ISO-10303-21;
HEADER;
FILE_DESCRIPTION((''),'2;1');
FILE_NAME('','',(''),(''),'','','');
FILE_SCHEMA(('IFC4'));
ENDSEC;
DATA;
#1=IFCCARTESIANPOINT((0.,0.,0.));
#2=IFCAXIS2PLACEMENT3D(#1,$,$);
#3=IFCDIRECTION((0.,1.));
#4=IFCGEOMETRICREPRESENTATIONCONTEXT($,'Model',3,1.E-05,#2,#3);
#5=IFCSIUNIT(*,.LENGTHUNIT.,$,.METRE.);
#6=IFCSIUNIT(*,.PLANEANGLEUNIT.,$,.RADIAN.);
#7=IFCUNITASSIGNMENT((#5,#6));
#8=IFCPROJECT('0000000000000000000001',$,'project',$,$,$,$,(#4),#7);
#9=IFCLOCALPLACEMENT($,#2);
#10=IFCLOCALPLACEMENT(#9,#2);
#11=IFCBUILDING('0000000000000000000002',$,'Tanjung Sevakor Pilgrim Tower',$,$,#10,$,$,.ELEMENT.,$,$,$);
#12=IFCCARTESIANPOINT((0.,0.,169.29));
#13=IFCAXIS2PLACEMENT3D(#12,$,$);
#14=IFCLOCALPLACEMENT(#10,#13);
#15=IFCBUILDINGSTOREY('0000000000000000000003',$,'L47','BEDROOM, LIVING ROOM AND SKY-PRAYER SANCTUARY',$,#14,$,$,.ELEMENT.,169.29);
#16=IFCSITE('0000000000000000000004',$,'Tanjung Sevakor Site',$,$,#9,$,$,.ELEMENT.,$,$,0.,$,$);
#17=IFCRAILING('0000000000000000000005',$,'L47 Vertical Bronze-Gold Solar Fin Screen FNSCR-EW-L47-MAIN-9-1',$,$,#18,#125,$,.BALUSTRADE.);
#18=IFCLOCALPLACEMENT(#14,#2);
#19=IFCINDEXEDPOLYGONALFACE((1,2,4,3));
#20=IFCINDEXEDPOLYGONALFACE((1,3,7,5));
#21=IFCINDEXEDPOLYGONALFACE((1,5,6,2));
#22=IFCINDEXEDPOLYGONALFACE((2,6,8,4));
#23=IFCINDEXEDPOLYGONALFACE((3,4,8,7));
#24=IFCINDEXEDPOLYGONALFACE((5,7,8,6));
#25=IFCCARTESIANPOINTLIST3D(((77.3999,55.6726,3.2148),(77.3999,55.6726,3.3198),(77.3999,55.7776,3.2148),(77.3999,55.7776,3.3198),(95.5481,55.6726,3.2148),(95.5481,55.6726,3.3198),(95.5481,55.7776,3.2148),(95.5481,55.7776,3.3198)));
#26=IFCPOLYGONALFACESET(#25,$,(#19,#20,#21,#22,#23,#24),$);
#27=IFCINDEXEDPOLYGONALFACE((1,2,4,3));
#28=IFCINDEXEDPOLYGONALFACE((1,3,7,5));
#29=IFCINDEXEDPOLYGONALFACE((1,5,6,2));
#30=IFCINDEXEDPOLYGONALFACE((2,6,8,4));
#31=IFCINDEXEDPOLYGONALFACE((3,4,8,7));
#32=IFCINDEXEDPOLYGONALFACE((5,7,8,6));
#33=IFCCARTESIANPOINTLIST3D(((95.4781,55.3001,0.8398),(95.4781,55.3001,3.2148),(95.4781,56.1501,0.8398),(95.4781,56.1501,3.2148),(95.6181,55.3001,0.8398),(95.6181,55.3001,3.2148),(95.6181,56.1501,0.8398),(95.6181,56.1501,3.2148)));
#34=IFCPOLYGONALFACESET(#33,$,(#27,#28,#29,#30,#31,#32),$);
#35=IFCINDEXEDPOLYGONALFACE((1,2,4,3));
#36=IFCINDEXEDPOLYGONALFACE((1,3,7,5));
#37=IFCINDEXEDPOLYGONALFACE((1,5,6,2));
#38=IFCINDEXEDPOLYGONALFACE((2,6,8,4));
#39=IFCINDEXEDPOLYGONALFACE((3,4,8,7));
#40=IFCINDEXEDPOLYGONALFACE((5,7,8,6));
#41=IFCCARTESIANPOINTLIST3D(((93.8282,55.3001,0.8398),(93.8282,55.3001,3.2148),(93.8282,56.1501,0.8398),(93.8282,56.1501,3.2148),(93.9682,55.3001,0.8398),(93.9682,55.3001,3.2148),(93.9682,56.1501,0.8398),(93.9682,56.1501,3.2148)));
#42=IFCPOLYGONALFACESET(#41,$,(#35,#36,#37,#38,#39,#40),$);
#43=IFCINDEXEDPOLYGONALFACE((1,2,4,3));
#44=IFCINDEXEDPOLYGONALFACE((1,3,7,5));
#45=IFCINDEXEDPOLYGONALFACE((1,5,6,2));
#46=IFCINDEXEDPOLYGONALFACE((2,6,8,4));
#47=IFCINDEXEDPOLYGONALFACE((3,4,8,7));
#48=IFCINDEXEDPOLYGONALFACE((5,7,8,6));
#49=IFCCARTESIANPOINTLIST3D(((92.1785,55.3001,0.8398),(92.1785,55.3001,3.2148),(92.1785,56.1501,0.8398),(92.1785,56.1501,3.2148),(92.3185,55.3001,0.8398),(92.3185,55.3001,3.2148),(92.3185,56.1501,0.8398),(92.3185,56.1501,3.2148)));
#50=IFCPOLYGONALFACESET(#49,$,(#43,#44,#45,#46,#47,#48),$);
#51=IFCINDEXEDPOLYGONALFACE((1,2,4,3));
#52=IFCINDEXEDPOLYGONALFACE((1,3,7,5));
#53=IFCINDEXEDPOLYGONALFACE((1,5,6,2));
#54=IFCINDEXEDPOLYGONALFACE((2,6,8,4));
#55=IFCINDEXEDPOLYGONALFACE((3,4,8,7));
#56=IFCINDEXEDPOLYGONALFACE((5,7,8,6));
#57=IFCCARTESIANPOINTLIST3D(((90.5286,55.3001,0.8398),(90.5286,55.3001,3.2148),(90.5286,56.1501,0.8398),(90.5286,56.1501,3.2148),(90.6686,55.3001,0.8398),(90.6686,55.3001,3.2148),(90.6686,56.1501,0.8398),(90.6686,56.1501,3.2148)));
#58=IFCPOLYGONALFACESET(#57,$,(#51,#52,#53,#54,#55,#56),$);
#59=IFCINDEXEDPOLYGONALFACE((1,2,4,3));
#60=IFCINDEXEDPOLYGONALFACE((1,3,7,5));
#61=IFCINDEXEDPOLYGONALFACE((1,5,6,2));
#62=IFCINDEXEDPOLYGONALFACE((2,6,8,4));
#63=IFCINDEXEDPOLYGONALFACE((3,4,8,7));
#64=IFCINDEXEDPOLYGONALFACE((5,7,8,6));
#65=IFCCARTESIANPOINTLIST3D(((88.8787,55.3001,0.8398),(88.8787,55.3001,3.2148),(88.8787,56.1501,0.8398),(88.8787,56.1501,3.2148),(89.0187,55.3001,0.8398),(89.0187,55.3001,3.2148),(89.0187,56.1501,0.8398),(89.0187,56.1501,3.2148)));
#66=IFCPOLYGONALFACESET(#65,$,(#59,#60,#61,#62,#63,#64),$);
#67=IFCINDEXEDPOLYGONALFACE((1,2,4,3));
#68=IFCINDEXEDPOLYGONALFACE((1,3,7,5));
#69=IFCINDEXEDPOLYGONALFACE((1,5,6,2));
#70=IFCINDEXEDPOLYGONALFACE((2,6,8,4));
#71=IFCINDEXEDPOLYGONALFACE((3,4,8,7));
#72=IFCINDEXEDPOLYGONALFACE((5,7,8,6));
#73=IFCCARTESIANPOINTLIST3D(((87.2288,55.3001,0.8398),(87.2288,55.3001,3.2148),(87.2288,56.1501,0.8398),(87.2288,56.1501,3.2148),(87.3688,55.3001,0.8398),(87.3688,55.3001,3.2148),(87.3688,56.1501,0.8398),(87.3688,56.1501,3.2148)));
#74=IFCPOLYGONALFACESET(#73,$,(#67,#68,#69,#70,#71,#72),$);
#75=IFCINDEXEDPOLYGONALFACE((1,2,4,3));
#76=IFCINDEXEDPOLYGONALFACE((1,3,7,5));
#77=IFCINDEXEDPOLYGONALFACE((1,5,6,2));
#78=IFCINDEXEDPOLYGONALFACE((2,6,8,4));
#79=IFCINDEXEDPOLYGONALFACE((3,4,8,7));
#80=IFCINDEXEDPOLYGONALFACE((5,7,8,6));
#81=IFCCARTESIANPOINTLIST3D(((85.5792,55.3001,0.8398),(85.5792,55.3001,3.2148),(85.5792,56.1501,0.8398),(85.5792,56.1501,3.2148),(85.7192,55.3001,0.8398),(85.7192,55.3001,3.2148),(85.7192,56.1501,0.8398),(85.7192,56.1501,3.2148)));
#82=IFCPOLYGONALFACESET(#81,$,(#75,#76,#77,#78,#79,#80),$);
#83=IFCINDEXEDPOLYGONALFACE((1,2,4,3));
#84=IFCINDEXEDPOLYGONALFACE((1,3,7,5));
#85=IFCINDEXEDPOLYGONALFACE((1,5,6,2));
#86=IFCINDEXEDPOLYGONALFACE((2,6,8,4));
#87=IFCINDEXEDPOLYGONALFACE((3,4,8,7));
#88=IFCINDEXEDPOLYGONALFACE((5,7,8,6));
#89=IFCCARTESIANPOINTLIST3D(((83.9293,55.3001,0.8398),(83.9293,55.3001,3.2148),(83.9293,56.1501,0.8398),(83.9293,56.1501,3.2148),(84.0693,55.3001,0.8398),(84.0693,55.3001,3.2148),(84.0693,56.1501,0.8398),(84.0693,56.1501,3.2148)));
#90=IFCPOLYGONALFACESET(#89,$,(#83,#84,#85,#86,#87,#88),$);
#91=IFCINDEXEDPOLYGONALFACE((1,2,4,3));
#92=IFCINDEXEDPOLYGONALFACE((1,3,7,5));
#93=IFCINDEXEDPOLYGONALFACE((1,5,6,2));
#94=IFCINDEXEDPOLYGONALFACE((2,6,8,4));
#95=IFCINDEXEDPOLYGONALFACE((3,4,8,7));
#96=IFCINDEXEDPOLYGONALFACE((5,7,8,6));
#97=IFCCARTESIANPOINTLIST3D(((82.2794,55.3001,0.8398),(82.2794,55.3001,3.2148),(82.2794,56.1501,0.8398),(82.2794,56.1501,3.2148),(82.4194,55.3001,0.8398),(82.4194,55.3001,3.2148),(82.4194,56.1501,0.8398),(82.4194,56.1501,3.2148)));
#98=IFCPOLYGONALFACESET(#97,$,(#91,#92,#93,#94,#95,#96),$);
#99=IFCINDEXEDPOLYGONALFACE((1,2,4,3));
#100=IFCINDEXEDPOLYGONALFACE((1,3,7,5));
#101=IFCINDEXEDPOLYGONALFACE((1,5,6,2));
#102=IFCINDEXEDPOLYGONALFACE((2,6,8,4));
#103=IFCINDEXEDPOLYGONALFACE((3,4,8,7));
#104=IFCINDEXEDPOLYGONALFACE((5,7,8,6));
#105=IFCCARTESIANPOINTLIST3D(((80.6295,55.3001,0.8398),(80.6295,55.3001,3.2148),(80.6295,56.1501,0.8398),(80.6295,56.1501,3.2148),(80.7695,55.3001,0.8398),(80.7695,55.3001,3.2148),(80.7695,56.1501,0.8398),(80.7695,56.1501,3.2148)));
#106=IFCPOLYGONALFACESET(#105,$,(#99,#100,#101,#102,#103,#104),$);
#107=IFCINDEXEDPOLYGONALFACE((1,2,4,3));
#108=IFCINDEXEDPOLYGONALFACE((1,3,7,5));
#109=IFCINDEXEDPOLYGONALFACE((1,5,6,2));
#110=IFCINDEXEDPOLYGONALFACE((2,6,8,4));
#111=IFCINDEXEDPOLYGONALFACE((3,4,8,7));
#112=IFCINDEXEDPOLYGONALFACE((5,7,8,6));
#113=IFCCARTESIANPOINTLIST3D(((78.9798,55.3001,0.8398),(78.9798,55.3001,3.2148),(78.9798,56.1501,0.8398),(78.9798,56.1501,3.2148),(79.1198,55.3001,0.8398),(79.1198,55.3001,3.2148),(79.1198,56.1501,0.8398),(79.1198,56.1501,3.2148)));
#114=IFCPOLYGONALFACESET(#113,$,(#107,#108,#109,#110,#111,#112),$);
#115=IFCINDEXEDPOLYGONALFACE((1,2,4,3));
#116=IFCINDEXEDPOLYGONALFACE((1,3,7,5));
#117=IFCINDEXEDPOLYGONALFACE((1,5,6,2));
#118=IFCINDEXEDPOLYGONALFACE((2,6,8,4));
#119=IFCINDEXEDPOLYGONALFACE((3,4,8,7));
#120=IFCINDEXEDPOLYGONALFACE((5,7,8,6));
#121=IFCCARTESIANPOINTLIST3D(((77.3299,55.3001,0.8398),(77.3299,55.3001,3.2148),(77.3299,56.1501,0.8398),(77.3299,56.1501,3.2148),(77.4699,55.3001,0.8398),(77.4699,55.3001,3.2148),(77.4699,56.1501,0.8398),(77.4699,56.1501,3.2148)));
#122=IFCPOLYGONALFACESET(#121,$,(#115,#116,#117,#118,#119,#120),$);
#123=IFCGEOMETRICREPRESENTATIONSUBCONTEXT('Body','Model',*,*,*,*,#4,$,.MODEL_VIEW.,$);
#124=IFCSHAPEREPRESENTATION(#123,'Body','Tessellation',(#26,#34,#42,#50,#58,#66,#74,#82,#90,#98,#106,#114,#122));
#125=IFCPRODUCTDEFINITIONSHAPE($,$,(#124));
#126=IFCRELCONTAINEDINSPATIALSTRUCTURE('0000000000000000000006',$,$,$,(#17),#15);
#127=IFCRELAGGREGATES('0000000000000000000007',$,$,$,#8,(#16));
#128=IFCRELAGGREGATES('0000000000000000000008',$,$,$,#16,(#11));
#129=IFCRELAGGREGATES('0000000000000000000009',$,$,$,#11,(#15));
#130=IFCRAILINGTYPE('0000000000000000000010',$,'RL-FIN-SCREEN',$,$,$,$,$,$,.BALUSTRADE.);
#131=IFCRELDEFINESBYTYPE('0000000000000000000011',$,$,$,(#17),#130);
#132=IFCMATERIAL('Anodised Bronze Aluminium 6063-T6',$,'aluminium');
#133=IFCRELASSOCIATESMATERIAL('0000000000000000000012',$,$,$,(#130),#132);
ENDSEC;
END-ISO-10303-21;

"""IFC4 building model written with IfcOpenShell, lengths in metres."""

from ifc_helpers import new_model, si_unit, direction, frame, origin, place, context, subcontext, project, spatial, rectangle, extrude, material, type_object, element, save


model = new_model("IFC4")

# Units and contexts
model_context = context("Model", 3, precision=1e-05, world=origin(), true_north=direction((0.0, 1.0)))
body_context = subcontext(model_context, "Body", "Model", "MODEL_VIEW")
ifc_project = project(units=[si_unit("LENGTHUNIT", "METRE"), si_unit("PLANEANGLEUNIT", "RADIAN")], contexts=[model_context])

# Site, building, storey
site_placement = place(None, origin())
site = spatial("IfcSite", under=ifc_project, at=site_placement, Name="Tanjung Sevakor Site", CompositionType="ELEMENT", RefElevation=0.0)
building_placement = place(site_placement, origin())
building = spatial("IfcBuilding", under=site, at=building_placement, Name="Tanjung Sevakor Pilgrim Tower", CompositionType="ELEMENT")
storey_placement = place(building_placement, frame((0.0, 0.0, 169.29)))
storey = spatial("IfcBuildingStorey", under=building, at=storey_placement, Name="L47", Description="BEDROOM, LIVING ROOM AND SKY-PRAYER SANCTUARY", CompositionType="ELEMENT", Elevation=169.29)

# Railing
ifc_material_1 = material(Name="Anodised Bronze Aluminium 6063-T6", Category="aluminium")
railing_type = type_object("IfcRailingType", Name="RL-FIN-SCREEN", PredefinedType="BALUSTRADE", material=ifc_material_1)
railing_placement = place(storey_placement, frame((95.5481, 55.7251, 0.8398)))
element("IfcRailing", 1, at=railing_placement, inside=storey, type_object=railing_type, Name="L47 Vertical Bronze-Gold Solar Fin Screen FNSCR-EW-L47-MAIN-9-1", PredefinedType="BALUSTRADE", context=body_context, shape_type="SweptSolid", body=[
    extrude(rectangle(XDim=0.105, YDim=0.105), frame((0.0, 0.0, 2.4275), z_axis=(-1.0, 0.0, 0.0), x_axis=(0.0, -1.0, 0.0)), (0.0, 0.0, 1.0), 18.1482),
    extrude(rectangle(XDim=0.14, YDim=0.85), origin(), (0.0, 0.0, 1.0), 2.375),
    extrude(rectangle(XDim=0.14, YDim=0.85), frame((-1.6499, 0.0, 0.0)), (0.0, 0.0, 1.0), 2.375),
    extrude(rectangle(XDim=0.14, YDim=0.85), frame((-3.2996, 0.0, 0.0)), (0.0, 0.0, 1.0), 2.375),
    extrude(rectangle(XDim=0.14, YDim=0.85), frame((-4.9495, 0.0, 0.0)), (0.0, 0.0, 1.0), 2.375),
    extrude(rectangle(XDim=0.14, YDim=0.85), frame((-6.5994, 0.0, 0.0)), (0.0, 0.0, 1.0), 2.375),
    extrude(rectangle(XDim=0.14, YDim=0.85), frame((-8.2493, 0.0, 0.0)), (0.0, 0.0, 1.0), 2.375),
    extrude(rectangle(XDim=0.14, YDim=0.85), frame((-9.8989, 0.0, 0.0)), (0.0, 0.0, 1.0), 2.375),
    extrude(rectangle(XDim=0.14, YDim=0.85), frame((-11.5488, 0.0, 0.0)), (0.0, 0.0, 1.0), 2.375),
    extrude(rectangle(XDim=0.14, YDim=0.85), frame((-13.1987, 0.0, 0.0)), (0.0, 0.0, 1.0), 2.375),
    extrude(rectangle(XDim=0.14, YDim=0.85), frame((-14.8486, 0.0, 0.0)), (0.0, 0.0, 1.0), 2.375),
    extrude(rectangle(XDim=0.14, YDim=0.85), frame((-16.4983, 0.0, 0.0)), (0.0, 0.0, 1.0), 2.375),
    extrude(rectangle(XDim=0.14, YDim=0.85), frame((-18.1482, 0.0, 0.0)), (0.0, 0.0, 1.0), 2.375),
])

save(model, "model.ifc")
